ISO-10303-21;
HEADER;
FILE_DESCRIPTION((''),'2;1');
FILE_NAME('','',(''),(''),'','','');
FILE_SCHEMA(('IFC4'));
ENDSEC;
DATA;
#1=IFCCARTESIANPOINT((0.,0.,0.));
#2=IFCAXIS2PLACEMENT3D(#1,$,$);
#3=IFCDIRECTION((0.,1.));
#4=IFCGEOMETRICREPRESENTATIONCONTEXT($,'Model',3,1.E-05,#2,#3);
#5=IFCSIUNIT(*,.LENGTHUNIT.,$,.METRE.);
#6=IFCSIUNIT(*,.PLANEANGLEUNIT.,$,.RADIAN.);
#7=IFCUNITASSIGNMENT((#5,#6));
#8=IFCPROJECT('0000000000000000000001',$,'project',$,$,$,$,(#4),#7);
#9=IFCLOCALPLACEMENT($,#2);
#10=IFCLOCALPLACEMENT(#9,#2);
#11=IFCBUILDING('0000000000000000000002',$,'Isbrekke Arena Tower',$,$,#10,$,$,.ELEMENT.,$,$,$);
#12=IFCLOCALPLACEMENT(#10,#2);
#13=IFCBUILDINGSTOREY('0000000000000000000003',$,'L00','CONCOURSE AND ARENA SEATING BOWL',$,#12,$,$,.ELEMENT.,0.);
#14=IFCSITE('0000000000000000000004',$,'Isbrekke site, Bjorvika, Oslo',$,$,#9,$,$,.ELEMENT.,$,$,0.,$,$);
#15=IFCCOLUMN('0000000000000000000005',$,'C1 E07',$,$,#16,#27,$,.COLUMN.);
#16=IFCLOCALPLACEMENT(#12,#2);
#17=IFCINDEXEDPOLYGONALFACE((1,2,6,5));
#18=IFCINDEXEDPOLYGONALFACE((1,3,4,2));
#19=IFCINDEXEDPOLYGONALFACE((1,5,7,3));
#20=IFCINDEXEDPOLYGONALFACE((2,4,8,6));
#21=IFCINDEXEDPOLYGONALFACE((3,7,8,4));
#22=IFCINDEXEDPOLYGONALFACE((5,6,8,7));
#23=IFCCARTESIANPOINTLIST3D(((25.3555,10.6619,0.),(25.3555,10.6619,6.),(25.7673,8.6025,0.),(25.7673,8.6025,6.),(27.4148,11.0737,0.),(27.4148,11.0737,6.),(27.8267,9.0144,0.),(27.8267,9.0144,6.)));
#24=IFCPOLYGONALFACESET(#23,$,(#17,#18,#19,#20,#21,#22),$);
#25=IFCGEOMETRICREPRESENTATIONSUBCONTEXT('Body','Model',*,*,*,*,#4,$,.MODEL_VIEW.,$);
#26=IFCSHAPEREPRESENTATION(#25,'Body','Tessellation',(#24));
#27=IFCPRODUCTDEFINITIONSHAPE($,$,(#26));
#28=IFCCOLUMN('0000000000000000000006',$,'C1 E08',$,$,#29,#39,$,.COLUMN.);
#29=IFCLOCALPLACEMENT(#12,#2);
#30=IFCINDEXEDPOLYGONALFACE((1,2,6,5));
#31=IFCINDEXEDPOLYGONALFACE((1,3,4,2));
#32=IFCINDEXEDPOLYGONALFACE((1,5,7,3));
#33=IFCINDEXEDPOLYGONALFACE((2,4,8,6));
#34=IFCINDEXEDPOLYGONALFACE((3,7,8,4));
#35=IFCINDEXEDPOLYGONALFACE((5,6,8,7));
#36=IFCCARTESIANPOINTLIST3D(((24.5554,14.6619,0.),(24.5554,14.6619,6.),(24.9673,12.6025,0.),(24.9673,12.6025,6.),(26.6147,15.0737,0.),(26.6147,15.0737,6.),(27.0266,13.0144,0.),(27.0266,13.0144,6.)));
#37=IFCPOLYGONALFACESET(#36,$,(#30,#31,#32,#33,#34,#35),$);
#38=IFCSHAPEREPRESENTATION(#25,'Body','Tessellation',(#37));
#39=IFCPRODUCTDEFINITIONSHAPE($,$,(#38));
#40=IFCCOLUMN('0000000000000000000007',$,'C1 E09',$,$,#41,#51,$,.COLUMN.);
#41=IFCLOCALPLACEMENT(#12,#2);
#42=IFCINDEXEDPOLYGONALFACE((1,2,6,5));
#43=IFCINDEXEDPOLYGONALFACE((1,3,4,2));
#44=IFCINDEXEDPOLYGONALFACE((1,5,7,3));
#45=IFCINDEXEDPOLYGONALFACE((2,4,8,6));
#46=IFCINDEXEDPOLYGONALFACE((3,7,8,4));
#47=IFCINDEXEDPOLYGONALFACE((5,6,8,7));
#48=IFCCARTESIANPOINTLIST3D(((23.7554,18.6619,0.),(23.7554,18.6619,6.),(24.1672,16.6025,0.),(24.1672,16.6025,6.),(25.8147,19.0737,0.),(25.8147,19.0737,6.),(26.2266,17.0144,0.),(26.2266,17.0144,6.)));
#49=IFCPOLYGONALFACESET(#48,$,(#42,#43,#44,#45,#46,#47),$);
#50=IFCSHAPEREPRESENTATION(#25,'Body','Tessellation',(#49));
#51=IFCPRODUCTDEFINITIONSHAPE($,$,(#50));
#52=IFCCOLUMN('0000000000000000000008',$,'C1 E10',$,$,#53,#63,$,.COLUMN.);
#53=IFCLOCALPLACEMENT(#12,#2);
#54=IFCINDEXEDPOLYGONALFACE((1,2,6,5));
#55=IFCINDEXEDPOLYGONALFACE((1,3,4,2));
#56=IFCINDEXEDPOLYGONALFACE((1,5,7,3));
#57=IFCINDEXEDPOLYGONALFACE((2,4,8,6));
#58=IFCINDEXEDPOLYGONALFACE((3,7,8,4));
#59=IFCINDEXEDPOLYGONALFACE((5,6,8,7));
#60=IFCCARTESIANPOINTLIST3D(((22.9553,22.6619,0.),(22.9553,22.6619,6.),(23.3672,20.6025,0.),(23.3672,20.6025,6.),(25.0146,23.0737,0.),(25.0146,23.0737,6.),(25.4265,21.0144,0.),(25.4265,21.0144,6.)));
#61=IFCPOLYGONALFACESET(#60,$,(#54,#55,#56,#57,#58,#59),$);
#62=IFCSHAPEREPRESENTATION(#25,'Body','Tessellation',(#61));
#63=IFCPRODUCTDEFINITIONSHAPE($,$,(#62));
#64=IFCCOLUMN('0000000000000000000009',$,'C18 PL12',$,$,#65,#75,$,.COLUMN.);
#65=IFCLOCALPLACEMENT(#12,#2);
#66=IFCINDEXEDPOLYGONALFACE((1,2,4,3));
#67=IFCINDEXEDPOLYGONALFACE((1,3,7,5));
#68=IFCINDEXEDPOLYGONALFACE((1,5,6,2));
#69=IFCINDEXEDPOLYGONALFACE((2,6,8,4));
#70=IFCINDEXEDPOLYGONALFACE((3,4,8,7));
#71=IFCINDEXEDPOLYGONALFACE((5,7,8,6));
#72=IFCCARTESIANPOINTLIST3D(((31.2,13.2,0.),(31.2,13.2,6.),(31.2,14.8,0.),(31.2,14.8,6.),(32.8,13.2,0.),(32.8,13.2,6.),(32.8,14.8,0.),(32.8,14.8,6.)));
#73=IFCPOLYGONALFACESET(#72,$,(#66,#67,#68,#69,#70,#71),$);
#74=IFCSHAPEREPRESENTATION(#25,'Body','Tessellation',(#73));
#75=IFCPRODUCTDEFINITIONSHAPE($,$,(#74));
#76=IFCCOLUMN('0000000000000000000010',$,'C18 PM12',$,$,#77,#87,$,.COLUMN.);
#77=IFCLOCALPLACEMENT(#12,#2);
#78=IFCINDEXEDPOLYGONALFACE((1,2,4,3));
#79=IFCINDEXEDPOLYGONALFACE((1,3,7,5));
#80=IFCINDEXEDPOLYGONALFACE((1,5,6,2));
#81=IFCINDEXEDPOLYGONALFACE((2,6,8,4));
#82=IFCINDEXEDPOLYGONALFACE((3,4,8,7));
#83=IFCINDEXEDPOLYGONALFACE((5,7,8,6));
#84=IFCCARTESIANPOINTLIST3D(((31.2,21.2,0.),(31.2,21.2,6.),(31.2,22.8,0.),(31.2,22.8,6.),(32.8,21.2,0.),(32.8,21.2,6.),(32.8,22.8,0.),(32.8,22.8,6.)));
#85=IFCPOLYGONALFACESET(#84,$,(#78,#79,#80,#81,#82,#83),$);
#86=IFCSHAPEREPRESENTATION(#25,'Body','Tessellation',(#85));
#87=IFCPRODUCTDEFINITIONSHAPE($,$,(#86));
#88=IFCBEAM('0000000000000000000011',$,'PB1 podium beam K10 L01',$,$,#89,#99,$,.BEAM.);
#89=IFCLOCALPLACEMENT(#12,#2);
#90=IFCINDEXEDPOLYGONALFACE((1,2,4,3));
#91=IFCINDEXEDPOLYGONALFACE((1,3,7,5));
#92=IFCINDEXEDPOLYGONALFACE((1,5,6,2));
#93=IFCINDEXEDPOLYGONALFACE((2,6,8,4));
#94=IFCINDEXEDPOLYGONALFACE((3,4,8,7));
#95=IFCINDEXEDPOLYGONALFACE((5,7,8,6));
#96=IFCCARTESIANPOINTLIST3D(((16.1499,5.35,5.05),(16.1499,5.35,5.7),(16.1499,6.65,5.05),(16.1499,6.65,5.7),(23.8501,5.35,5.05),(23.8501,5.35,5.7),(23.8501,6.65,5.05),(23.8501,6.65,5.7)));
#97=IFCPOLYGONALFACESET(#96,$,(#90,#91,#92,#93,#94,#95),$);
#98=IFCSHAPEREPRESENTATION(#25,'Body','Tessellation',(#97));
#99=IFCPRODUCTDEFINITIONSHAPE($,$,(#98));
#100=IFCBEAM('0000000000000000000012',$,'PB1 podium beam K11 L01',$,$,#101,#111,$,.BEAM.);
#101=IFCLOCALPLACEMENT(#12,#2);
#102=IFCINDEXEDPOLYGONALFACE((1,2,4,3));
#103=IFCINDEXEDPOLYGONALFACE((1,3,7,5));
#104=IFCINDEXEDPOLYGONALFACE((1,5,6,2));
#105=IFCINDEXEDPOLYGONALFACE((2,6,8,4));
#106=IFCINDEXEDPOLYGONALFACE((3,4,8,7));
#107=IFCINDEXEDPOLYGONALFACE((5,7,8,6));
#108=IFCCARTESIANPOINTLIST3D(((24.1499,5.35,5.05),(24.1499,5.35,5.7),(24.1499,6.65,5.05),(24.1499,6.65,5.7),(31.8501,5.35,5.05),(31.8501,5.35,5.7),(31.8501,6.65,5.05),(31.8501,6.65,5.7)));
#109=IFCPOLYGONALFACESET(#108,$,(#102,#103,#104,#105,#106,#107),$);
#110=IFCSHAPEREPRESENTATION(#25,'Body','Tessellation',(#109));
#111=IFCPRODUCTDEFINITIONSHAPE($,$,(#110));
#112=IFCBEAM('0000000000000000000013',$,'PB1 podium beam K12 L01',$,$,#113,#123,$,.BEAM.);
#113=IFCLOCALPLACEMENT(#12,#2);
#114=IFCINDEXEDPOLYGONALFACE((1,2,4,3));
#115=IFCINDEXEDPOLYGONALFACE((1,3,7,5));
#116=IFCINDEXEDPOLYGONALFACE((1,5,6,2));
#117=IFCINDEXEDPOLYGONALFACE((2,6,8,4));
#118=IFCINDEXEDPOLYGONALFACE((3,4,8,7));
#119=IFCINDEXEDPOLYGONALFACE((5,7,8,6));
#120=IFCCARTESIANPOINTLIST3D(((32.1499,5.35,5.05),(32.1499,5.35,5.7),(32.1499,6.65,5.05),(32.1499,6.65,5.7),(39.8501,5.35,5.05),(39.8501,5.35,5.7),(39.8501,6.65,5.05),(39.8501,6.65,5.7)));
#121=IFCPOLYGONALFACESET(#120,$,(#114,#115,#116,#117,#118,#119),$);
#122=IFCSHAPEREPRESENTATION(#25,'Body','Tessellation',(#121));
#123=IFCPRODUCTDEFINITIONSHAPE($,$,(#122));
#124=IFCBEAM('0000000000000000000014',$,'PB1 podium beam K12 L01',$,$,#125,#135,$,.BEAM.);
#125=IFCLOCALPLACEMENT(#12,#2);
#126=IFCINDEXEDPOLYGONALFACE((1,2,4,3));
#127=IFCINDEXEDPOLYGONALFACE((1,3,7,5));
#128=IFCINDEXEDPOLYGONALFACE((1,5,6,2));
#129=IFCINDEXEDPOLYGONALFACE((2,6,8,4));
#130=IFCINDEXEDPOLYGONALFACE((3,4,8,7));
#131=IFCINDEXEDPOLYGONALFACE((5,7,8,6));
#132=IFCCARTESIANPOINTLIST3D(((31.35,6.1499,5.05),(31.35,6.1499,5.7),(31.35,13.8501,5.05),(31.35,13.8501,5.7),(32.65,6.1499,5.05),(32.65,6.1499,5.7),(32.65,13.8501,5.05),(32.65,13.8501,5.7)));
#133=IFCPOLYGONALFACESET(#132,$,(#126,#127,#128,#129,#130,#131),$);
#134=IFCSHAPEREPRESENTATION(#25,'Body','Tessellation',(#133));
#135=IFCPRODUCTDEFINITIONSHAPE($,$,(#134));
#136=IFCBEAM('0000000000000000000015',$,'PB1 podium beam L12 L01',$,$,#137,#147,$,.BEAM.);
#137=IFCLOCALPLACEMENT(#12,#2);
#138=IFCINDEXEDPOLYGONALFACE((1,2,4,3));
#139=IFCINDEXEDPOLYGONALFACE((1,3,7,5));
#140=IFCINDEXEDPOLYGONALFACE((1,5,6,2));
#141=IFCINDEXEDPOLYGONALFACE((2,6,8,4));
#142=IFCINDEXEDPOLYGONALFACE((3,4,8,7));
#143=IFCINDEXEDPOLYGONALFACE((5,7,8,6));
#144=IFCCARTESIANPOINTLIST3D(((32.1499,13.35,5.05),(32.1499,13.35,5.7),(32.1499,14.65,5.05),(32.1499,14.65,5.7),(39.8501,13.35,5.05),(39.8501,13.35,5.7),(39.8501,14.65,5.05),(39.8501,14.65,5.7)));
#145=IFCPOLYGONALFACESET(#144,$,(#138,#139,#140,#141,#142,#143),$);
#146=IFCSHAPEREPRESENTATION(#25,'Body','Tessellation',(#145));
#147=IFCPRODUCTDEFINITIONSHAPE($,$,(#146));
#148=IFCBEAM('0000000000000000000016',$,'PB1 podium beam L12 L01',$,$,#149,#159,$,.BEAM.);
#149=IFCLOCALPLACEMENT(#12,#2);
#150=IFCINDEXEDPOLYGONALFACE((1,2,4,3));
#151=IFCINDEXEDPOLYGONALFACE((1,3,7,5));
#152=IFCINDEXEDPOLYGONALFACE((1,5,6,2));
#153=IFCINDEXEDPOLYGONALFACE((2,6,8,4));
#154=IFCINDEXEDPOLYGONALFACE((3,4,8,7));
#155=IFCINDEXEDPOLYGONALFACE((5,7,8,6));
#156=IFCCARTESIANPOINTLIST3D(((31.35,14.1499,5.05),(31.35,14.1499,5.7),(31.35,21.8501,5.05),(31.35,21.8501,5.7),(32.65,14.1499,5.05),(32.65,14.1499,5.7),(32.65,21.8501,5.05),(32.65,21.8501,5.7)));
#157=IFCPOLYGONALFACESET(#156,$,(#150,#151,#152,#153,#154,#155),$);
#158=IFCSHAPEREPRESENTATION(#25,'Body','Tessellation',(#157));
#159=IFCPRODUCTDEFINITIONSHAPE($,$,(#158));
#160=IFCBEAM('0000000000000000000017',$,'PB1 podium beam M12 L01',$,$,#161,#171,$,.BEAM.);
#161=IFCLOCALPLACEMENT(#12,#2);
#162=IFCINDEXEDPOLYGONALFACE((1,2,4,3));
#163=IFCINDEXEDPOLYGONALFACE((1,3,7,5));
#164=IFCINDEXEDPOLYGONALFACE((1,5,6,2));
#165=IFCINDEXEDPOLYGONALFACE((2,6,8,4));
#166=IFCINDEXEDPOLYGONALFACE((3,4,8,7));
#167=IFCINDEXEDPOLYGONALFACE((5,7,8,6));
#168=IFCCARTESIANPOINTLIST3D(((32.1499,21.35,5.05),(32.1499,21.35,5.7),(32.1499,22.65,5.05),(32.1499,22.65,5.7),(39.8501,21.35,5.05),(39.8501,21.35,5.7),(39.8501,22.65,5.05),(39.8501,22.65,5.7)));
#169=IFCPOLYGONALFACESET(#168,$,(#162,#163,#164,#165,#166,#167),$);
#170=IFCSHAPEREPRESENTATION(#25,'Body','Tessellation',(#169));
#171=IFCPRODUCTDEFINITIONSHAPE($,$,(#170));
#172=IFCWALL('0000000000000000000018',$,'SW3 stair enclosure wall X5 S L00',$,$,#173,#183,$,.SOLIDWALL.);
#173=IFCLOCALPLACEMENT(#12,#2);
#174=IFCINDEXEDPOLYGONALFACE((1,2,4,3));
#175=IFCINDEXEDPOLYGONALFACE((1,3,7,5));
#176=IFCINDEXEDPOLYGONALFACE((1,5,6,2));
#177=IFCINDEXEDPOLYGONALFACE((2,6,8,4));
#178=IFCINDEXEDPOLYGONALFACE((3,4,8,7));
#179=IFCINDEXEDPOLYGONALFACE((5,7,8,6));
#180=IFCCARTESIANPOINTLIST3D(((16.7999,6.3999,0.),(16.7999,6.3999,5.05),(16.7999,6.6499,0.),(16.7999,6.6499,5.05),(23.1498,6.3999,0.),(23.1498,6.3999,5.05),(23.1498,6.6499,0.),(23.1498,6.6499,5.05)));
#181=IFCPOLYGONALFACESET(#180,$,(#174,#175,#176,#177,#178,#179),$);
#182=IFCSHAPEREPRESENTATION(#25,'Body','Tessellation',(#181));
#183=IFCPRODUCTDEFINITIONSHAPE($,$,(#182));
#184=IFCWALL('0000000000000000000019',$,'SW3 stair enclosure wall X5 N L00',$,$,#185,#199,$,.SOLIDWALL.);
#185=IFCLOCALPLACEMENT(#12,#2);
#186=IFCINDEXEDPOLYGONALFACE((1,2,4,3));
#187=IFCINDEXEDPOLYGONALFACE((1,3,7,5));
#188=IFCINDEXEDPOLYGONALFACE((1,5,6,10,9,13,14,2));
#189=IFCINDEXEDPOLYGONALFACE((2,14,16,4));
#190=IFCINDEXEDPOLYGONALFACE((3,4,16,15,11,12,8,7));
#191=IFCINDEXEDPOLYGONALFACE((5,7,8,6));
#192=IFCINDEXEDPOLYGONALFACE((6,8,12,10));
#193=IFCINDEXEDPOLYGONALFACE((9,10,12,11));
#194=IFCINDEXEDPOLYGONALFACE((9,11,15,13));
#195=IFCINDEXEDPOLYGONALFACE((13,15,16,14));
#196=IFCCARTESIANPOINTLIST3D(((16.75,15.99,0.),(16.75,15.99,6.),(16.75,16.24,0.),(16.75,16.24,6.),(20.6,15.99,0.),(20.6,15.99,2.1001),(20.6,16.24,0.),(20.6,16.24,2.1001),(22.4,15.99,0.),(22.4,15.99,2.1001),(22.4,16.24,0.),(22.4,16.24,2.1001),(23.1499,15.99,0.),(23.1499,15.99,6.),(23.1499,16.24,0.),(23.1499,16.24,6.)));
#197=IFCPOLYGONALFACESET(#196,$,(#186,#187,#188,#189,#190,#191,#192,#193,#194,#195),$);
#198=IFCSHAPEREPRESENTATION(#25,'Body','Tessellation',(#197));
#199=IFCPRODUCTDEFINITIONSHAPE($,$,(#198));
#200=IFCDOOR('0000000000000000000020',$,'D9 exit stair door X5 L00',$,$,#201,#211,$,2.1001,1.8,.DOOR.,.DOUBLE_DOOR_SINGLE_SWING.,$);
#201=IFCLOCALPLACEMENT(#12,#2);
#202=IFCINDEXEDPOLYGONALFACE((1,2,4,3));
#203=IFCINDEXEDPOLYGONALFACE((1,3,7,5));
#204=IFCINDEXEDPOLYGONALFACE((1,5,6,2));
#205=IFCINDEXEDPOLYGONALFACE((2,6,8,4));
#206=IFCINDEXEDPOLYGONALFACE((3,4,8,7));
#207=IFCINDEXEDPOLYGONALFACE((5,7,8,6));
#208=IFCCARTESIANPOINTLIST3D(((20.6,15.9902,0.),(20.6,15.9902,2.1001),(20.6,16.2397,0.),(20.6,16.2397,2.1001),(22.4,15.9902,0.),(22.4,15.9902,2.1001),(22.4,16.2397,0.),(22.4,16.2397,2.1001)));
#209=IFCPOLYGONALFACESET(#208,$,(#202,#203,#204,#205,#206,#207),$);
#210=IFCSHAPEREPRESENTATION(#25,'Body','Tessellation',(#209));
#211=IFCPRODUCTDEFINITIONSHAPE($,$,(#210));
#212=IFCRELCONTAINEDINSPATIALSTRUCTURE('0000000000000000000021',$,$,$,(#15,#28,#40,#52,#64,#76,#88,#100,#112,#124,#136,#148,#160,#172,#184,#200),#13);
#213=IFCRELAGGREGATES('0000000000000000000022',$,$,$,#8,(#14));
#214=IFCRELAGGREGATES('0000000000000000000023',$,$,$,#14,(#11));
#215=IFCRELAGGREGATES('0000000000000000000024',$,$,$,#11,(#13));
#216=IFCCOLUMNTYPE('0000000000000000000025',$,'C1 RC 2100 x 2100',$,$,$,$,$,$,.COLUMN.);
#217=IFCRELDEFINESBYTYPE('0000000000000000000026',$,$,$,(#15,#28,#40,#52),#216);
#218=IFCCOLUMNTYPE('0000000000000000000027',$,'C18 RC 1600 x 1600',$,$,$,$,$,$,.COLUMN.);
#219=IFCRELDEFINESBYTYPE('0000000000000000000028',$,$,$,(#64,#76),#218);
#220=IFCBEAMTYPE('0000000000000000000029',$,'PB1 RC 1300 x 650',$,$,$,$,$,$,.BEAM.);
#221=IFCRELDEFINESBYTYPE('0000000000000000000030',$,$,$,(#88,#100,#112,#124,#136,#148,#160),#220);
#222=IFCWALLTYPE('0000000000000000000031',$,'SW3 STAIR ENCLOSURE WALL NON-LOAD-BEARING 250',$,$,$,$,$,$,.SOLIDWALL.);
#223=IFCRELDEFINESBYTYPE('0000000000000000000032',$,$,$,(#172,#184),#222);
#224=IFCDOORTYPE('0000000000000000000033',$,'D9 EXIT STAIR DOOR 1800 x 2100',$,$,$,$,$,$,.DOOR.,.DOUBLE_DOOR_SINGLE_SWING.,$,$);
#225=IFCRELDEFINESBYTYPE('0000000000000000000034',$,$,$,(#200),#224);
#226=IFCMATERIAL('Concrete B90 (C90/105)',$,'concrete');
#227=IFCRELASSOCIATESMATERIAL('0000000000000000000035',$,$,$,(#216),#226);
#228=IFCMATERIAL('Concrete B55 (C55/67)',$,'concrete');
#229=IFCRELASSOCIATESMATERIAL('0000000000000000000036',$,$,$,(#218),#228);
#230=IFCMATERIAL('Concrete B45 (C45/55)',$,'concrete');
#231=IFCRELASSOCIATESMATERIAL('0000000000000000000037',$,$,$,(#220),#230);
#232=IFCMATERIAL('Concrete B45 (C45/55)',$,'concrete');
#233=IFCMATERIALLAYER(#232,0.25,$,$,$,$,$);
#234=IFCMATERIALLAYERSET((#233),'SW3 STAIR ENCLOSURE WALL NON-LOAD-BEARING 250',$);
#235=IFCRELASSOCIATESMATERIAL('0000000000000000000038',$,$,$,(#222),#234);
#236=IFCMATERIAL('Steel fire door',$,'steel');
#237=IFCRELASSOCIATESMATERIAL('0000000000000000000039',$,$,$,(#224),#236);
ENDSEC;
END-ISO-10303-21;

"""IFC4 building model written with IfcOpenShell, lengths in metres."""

from ifc_helpers import new_model, si_unit, direction, frame, frame_2d, origin, origin_2d, place, context, subcontext, project, spatial, rectangle, extrude, material, layer, layer_set, material_profile, profile_set, type_object, element, fill, save


model = new_model("IFC4")

# Units and contexts
model_context = context("Model", 3, precision=1e-05, world=origin(), true_north=direction((0.0, 1.0)))
body_context = subcontext(model_context, "Body", "Model", "MODEL_VIEW")
ifc_project = project(units=[si_unit("LENGTHUNIT", "METRE"), si_unit("PLANEANGLEUNIT", "RADIAN")], contexts=[model_context])

# Site, building, storey
site_placement = place(None, origin())
site = spatial("IfcSite", under=ifc_project, at=site_placement, Name="Isbrekke site, Bjorvika, Oslo", CompositionType="ELEMENT", RefElevation=0.0)
building_placement = place(site_placement, origin())
building = spatial("IfcBuilding", under=site, at=building_placement, Name="Isbrekke Arena Tower", CompositionType="ELEMENT")
storey_placement = place(building_placement, origin())
storey = spatial("IfcBuildingStorey", under=building, at=storey_placement, Name="L00", Description="CONCOURSE AND ARENA SEATING BOWL", CompositionType="ELEMENT", Elevation=0.0)

# Columns
ifc_material_1 = material(Name="Concrete B90 (C90/105)", Category="concrete")
ifc_material_profile_1 = material_profile(ifc_material_1, rectangle(XDim=2.1001, YDim=2.1001, at=origin_2d()), Name="RC 2100x2100")
ifc_profile_set_1 = profile_set([ifc_material_profile_1], Name="Concrete B90 (C90/105)")
column_type_1 = type_object("IfcColumnType", Name="C1 RC 2100 x 2100", PredefinedType="COLUMN", material=ifc_profile_set_1)
for number, where, z_axis, x_axis, name in (
    (1, (26.5911, 9.8381, 0.0), (0.0, 0.0, 1.0), (-0.196116, 0.980581, 0.0), "C1 E07"),
    (2, (25.791, 13.8381, 0.0), (0.0, 0.0, 1.0), (-0.196116, 0.980581, 0.0), "C1 E08"),
    (3, (24.991, 17.8381, 0.0), (0.0, 0.0, 1.0), (-0.196116, 0.980581, 0.0), "C1 E09"),
    (4, (24.1909, 21.8381, 0.0), (0.0, 0.0, 1.0), (-0.196116, 0.980581, 0.0), "C1 E10"),
):
    element("IfcColumn", number, at=place(storey_placement, frame(where, z_axis=z_axis, x_axis=x_axis)), inside=storey, type_object=column_type_1, Name=name, PredefinedType="COLUMN", context=body_context, shape_type="SweptSolid", body=[
        extrude(rectangle(XDim=2.1001, YDim=2.1001, at=origin_2d()), origin(), (0.0, 0.0, 1.0), 6.0),
    ])
ifc_material_2 = material(Name="Concrete B55 (C55/67)", Category="concrete")
ifc_material_profile_2 = material_profile(ifc_material_2, rectangle(XDim=1.6001, YDim=1.6001, at=origin_2d()), Name="RC 1600x1600")
ifc_profile_set_2 = profile_set([ifc_material_profile_2], Name="Concrete B55 (C55/67)")
column_type_2 = type_object("IfcColumnType", Name="C18 RC 1600 x 1600", PredefinedType="COLUMN", material=ifc_profile_set_2)
for number, where, z_axis, x_axis, name in (
    (5, (32.0, 14.0, 0.0), (0.0, 0.0, 1.0), (1.0, 0.0, 0.0), "C18 PL12"),
    (6, (32.0, 22.0, 0.0), (0.0, 0.0, 1.0), (1.0, 0.0, 0.0), "C18 PM12"),
):
    element("IfcColumn", number, at=place(storey_placement, frame(where, z_axis=z_axis, x_axis=x_axis)), inside=storey, type_object=column_type_2, Name=name, PredefinedType="COLUMN", context=body_context, shape_type="SweptSolid", body=[
        extrude(rectangle(XDim=1.6001, YDim=1.6001, at=origin_2d()), origin(), (0.0, 0.0, 1.0), 6.0),
    ])

# Beams
ifc_material_3 = material(Name="Concrete B45 (C45/55)", Category="concrete")
ifc_material_profile_3 = material_profile(ifc_material_3, rectangle(XDim=1.3, YDim=0.6499, at=origin_2d()), Name="RC 1300x650")
ifc_profile_set_3 = profile_set([ifc_material_profile_3], Name="Concrete B45 (C45/55)")
beam_type = type_object("IfcBeamType", Name="PB1 RC 1300 x 650", PredefinedType="BEAM", material=ifc_profile_set_3)
for number, where, z_axis, x_axis, name in (
    (7, (16.1499, 6.0, 5.375), (1.0, 0.0, 0.0), (0.0, 1.0, 0.0), "PB1 podium beam K10 L01"),
    (8, (24.1499, 6.0, 5.375), (1.0, 0.0, 0.0), (0.0, 1.0, 0.0), "PB1 podium beam K11 L01"),
    (9, (32.1499, 6.0, 5.375), (1.0, 0.0, 0.0), (0.0, 1.0, 0.0), "PB1 podium beam K12 L01"),
    (10, (32.0, 6.1499, 5.375), (0.0, 1.0, 0.0), (-1.0, 0.0, 0.0), "PB1 podium beam K12 L01"),
    (11, (32.1499, 14.0, 5.375), (1.0, 0.0, 0.0), (0.0, 1.0, 0.0), "PB1 podium beam L12 L01"),
    (12, (32.0, 14.1499, 5.375), (0.0, 1.0, 0.0), (-1.0, 0.0, 0.0), "PB1 podium beam L12 L01"),
    (13, (32.1499, 22.0, 5.375), (1.0, 0.0, 0.0), (0.0, 1.0, 0.0), "PB1 podium beam M12 L01"),
):
    element("IfcBeam", number, at=place(storey_placement, frame(where, z_axis=z_axis, x_axis=x_axis)), inside=storey, type_object=beam_type, Name=name, PredefinedType="BEAM", context=body_context, shape_type="SweptSolid", body=[
        extrude(rectangle(XDim=1.3, YDim=0.6499, at=origin_2d()), origin(), (0.0, 0.0, 1.0), 7.7002),
    ])

# Wall
ifc_material_4 = material(Name="Concrete B45 (C45/55)", Category="concrete")
ifc_layer = layer(ifc_material_4, 0.25)
ifc_layer_set = layer_set([ifc_layer], Name="SW3 STAIR ENCLOSURE WALL NON-LOAD-BEARING 250")
wall_type = type_object("IfcWallType", Name="SW3 STAIR ENCLOSURE WALL NON-LOAD-BEARING 250", PredefinedType="SOLIDWALL", material=ifc_layer_set)
wall_1_placement = place(storey_placement, frame((16.8, 6.5249, 0.0), z_axis=(0.0, 0.0, 1.0), x_axis=(1.0, 0.0, 0.0)))
element("IfcWall", 14, at=wall_1_placement, inside=storey, type_object=wall_type, Name="SW3 stair enclosure wall X5 S L00", PredefinedType="SOLIDWALL", context=body_context, shape_type="SweptSolid", body=[
    extrude(rectangle(XDim=6.3499, YDim=0.25, at=frame_2d((3.1748, 0.0))), origin(), (0.0, 0.0, 1.0), 5.05),
])

# Wall, opening, door
wall_2_placement = place(storey_placement, frame((23.1499, 16.115, 0.0), z_axis=(0.0, 0.0, 1.0), x_axis=(-1.0, 0.0, 0.0)))
wall_2 = element("IfcWall", 15, at=wall_2_placement, inside=storey, type_object=wall_type, Name="SW3 stair enclosure wall X5 N L00", PredefinedType="SOLIDWALL", context=body_context, shape_type="SweptSolid", body=[
    extrude(rectangle(XDim=6.3999, YDim=0.25, at=frame_2d((3.2, 0.0))), origin(), (0.0, 0.0, 1.0), 6.0),
])
opening_placement = place(wall_2_placement, frame((0.75, 0.0, 0.0)))
opening = element("IfcOpeningElement", 16, at=opening_placement, cuts=wall_2, PredefinedType="OPENING", context=body_context, shape_type="SweptSolid", body=[
    extrude(rectangle(XDim=1.8, YDim=2.1001, at=frame_2d((0.8999, 1.05))), frame((0.0, 0.1399, 0.0), z_axis=(0.0, -1.0, 0.0), x_axis=(1.0, 0.0, 0.0)), (0.0, 0.0, 1.0), 0.2798),
])
ifc_material_5 = material(Name="Steel fire door", Category="steel")
door_type = type_object("IfcDoorType", Name="D9 EXIT STAIR DOOR 1800 x 2100", OperationType="DOUBLE_DOOR_SINGLE_SWING", PredefinedType="DOOR", material=ifc_material_5)
door_placement = place(opening_placement, origin())
door = element("IfcDoor", 17, at=door_placement, inside=storey, type_object=door_type, Name="D9 exit stair door X5 L00", OperationType="DOUBLE_DOOR_SINGLE_SWING", OverallHeight=2.1001, OverallWidth=1.8, PredefinedType="DOOR", context=body_context, shape_type="SweptSolid", body=[
    extrude(rectangle(XDim=1.8, YDim=2.1001, at=frame_2d((0.8999, 1.05))), frame((0.0, 0.1248, 0.0), z_axis=(0.0, -1.0, 0.0), x_axis=(1.0, 0.0, 0.0)), (0.0, 0.0, 1.0), 0.2495),
])
fill(opening, door)

save(model, "model.ifc")
